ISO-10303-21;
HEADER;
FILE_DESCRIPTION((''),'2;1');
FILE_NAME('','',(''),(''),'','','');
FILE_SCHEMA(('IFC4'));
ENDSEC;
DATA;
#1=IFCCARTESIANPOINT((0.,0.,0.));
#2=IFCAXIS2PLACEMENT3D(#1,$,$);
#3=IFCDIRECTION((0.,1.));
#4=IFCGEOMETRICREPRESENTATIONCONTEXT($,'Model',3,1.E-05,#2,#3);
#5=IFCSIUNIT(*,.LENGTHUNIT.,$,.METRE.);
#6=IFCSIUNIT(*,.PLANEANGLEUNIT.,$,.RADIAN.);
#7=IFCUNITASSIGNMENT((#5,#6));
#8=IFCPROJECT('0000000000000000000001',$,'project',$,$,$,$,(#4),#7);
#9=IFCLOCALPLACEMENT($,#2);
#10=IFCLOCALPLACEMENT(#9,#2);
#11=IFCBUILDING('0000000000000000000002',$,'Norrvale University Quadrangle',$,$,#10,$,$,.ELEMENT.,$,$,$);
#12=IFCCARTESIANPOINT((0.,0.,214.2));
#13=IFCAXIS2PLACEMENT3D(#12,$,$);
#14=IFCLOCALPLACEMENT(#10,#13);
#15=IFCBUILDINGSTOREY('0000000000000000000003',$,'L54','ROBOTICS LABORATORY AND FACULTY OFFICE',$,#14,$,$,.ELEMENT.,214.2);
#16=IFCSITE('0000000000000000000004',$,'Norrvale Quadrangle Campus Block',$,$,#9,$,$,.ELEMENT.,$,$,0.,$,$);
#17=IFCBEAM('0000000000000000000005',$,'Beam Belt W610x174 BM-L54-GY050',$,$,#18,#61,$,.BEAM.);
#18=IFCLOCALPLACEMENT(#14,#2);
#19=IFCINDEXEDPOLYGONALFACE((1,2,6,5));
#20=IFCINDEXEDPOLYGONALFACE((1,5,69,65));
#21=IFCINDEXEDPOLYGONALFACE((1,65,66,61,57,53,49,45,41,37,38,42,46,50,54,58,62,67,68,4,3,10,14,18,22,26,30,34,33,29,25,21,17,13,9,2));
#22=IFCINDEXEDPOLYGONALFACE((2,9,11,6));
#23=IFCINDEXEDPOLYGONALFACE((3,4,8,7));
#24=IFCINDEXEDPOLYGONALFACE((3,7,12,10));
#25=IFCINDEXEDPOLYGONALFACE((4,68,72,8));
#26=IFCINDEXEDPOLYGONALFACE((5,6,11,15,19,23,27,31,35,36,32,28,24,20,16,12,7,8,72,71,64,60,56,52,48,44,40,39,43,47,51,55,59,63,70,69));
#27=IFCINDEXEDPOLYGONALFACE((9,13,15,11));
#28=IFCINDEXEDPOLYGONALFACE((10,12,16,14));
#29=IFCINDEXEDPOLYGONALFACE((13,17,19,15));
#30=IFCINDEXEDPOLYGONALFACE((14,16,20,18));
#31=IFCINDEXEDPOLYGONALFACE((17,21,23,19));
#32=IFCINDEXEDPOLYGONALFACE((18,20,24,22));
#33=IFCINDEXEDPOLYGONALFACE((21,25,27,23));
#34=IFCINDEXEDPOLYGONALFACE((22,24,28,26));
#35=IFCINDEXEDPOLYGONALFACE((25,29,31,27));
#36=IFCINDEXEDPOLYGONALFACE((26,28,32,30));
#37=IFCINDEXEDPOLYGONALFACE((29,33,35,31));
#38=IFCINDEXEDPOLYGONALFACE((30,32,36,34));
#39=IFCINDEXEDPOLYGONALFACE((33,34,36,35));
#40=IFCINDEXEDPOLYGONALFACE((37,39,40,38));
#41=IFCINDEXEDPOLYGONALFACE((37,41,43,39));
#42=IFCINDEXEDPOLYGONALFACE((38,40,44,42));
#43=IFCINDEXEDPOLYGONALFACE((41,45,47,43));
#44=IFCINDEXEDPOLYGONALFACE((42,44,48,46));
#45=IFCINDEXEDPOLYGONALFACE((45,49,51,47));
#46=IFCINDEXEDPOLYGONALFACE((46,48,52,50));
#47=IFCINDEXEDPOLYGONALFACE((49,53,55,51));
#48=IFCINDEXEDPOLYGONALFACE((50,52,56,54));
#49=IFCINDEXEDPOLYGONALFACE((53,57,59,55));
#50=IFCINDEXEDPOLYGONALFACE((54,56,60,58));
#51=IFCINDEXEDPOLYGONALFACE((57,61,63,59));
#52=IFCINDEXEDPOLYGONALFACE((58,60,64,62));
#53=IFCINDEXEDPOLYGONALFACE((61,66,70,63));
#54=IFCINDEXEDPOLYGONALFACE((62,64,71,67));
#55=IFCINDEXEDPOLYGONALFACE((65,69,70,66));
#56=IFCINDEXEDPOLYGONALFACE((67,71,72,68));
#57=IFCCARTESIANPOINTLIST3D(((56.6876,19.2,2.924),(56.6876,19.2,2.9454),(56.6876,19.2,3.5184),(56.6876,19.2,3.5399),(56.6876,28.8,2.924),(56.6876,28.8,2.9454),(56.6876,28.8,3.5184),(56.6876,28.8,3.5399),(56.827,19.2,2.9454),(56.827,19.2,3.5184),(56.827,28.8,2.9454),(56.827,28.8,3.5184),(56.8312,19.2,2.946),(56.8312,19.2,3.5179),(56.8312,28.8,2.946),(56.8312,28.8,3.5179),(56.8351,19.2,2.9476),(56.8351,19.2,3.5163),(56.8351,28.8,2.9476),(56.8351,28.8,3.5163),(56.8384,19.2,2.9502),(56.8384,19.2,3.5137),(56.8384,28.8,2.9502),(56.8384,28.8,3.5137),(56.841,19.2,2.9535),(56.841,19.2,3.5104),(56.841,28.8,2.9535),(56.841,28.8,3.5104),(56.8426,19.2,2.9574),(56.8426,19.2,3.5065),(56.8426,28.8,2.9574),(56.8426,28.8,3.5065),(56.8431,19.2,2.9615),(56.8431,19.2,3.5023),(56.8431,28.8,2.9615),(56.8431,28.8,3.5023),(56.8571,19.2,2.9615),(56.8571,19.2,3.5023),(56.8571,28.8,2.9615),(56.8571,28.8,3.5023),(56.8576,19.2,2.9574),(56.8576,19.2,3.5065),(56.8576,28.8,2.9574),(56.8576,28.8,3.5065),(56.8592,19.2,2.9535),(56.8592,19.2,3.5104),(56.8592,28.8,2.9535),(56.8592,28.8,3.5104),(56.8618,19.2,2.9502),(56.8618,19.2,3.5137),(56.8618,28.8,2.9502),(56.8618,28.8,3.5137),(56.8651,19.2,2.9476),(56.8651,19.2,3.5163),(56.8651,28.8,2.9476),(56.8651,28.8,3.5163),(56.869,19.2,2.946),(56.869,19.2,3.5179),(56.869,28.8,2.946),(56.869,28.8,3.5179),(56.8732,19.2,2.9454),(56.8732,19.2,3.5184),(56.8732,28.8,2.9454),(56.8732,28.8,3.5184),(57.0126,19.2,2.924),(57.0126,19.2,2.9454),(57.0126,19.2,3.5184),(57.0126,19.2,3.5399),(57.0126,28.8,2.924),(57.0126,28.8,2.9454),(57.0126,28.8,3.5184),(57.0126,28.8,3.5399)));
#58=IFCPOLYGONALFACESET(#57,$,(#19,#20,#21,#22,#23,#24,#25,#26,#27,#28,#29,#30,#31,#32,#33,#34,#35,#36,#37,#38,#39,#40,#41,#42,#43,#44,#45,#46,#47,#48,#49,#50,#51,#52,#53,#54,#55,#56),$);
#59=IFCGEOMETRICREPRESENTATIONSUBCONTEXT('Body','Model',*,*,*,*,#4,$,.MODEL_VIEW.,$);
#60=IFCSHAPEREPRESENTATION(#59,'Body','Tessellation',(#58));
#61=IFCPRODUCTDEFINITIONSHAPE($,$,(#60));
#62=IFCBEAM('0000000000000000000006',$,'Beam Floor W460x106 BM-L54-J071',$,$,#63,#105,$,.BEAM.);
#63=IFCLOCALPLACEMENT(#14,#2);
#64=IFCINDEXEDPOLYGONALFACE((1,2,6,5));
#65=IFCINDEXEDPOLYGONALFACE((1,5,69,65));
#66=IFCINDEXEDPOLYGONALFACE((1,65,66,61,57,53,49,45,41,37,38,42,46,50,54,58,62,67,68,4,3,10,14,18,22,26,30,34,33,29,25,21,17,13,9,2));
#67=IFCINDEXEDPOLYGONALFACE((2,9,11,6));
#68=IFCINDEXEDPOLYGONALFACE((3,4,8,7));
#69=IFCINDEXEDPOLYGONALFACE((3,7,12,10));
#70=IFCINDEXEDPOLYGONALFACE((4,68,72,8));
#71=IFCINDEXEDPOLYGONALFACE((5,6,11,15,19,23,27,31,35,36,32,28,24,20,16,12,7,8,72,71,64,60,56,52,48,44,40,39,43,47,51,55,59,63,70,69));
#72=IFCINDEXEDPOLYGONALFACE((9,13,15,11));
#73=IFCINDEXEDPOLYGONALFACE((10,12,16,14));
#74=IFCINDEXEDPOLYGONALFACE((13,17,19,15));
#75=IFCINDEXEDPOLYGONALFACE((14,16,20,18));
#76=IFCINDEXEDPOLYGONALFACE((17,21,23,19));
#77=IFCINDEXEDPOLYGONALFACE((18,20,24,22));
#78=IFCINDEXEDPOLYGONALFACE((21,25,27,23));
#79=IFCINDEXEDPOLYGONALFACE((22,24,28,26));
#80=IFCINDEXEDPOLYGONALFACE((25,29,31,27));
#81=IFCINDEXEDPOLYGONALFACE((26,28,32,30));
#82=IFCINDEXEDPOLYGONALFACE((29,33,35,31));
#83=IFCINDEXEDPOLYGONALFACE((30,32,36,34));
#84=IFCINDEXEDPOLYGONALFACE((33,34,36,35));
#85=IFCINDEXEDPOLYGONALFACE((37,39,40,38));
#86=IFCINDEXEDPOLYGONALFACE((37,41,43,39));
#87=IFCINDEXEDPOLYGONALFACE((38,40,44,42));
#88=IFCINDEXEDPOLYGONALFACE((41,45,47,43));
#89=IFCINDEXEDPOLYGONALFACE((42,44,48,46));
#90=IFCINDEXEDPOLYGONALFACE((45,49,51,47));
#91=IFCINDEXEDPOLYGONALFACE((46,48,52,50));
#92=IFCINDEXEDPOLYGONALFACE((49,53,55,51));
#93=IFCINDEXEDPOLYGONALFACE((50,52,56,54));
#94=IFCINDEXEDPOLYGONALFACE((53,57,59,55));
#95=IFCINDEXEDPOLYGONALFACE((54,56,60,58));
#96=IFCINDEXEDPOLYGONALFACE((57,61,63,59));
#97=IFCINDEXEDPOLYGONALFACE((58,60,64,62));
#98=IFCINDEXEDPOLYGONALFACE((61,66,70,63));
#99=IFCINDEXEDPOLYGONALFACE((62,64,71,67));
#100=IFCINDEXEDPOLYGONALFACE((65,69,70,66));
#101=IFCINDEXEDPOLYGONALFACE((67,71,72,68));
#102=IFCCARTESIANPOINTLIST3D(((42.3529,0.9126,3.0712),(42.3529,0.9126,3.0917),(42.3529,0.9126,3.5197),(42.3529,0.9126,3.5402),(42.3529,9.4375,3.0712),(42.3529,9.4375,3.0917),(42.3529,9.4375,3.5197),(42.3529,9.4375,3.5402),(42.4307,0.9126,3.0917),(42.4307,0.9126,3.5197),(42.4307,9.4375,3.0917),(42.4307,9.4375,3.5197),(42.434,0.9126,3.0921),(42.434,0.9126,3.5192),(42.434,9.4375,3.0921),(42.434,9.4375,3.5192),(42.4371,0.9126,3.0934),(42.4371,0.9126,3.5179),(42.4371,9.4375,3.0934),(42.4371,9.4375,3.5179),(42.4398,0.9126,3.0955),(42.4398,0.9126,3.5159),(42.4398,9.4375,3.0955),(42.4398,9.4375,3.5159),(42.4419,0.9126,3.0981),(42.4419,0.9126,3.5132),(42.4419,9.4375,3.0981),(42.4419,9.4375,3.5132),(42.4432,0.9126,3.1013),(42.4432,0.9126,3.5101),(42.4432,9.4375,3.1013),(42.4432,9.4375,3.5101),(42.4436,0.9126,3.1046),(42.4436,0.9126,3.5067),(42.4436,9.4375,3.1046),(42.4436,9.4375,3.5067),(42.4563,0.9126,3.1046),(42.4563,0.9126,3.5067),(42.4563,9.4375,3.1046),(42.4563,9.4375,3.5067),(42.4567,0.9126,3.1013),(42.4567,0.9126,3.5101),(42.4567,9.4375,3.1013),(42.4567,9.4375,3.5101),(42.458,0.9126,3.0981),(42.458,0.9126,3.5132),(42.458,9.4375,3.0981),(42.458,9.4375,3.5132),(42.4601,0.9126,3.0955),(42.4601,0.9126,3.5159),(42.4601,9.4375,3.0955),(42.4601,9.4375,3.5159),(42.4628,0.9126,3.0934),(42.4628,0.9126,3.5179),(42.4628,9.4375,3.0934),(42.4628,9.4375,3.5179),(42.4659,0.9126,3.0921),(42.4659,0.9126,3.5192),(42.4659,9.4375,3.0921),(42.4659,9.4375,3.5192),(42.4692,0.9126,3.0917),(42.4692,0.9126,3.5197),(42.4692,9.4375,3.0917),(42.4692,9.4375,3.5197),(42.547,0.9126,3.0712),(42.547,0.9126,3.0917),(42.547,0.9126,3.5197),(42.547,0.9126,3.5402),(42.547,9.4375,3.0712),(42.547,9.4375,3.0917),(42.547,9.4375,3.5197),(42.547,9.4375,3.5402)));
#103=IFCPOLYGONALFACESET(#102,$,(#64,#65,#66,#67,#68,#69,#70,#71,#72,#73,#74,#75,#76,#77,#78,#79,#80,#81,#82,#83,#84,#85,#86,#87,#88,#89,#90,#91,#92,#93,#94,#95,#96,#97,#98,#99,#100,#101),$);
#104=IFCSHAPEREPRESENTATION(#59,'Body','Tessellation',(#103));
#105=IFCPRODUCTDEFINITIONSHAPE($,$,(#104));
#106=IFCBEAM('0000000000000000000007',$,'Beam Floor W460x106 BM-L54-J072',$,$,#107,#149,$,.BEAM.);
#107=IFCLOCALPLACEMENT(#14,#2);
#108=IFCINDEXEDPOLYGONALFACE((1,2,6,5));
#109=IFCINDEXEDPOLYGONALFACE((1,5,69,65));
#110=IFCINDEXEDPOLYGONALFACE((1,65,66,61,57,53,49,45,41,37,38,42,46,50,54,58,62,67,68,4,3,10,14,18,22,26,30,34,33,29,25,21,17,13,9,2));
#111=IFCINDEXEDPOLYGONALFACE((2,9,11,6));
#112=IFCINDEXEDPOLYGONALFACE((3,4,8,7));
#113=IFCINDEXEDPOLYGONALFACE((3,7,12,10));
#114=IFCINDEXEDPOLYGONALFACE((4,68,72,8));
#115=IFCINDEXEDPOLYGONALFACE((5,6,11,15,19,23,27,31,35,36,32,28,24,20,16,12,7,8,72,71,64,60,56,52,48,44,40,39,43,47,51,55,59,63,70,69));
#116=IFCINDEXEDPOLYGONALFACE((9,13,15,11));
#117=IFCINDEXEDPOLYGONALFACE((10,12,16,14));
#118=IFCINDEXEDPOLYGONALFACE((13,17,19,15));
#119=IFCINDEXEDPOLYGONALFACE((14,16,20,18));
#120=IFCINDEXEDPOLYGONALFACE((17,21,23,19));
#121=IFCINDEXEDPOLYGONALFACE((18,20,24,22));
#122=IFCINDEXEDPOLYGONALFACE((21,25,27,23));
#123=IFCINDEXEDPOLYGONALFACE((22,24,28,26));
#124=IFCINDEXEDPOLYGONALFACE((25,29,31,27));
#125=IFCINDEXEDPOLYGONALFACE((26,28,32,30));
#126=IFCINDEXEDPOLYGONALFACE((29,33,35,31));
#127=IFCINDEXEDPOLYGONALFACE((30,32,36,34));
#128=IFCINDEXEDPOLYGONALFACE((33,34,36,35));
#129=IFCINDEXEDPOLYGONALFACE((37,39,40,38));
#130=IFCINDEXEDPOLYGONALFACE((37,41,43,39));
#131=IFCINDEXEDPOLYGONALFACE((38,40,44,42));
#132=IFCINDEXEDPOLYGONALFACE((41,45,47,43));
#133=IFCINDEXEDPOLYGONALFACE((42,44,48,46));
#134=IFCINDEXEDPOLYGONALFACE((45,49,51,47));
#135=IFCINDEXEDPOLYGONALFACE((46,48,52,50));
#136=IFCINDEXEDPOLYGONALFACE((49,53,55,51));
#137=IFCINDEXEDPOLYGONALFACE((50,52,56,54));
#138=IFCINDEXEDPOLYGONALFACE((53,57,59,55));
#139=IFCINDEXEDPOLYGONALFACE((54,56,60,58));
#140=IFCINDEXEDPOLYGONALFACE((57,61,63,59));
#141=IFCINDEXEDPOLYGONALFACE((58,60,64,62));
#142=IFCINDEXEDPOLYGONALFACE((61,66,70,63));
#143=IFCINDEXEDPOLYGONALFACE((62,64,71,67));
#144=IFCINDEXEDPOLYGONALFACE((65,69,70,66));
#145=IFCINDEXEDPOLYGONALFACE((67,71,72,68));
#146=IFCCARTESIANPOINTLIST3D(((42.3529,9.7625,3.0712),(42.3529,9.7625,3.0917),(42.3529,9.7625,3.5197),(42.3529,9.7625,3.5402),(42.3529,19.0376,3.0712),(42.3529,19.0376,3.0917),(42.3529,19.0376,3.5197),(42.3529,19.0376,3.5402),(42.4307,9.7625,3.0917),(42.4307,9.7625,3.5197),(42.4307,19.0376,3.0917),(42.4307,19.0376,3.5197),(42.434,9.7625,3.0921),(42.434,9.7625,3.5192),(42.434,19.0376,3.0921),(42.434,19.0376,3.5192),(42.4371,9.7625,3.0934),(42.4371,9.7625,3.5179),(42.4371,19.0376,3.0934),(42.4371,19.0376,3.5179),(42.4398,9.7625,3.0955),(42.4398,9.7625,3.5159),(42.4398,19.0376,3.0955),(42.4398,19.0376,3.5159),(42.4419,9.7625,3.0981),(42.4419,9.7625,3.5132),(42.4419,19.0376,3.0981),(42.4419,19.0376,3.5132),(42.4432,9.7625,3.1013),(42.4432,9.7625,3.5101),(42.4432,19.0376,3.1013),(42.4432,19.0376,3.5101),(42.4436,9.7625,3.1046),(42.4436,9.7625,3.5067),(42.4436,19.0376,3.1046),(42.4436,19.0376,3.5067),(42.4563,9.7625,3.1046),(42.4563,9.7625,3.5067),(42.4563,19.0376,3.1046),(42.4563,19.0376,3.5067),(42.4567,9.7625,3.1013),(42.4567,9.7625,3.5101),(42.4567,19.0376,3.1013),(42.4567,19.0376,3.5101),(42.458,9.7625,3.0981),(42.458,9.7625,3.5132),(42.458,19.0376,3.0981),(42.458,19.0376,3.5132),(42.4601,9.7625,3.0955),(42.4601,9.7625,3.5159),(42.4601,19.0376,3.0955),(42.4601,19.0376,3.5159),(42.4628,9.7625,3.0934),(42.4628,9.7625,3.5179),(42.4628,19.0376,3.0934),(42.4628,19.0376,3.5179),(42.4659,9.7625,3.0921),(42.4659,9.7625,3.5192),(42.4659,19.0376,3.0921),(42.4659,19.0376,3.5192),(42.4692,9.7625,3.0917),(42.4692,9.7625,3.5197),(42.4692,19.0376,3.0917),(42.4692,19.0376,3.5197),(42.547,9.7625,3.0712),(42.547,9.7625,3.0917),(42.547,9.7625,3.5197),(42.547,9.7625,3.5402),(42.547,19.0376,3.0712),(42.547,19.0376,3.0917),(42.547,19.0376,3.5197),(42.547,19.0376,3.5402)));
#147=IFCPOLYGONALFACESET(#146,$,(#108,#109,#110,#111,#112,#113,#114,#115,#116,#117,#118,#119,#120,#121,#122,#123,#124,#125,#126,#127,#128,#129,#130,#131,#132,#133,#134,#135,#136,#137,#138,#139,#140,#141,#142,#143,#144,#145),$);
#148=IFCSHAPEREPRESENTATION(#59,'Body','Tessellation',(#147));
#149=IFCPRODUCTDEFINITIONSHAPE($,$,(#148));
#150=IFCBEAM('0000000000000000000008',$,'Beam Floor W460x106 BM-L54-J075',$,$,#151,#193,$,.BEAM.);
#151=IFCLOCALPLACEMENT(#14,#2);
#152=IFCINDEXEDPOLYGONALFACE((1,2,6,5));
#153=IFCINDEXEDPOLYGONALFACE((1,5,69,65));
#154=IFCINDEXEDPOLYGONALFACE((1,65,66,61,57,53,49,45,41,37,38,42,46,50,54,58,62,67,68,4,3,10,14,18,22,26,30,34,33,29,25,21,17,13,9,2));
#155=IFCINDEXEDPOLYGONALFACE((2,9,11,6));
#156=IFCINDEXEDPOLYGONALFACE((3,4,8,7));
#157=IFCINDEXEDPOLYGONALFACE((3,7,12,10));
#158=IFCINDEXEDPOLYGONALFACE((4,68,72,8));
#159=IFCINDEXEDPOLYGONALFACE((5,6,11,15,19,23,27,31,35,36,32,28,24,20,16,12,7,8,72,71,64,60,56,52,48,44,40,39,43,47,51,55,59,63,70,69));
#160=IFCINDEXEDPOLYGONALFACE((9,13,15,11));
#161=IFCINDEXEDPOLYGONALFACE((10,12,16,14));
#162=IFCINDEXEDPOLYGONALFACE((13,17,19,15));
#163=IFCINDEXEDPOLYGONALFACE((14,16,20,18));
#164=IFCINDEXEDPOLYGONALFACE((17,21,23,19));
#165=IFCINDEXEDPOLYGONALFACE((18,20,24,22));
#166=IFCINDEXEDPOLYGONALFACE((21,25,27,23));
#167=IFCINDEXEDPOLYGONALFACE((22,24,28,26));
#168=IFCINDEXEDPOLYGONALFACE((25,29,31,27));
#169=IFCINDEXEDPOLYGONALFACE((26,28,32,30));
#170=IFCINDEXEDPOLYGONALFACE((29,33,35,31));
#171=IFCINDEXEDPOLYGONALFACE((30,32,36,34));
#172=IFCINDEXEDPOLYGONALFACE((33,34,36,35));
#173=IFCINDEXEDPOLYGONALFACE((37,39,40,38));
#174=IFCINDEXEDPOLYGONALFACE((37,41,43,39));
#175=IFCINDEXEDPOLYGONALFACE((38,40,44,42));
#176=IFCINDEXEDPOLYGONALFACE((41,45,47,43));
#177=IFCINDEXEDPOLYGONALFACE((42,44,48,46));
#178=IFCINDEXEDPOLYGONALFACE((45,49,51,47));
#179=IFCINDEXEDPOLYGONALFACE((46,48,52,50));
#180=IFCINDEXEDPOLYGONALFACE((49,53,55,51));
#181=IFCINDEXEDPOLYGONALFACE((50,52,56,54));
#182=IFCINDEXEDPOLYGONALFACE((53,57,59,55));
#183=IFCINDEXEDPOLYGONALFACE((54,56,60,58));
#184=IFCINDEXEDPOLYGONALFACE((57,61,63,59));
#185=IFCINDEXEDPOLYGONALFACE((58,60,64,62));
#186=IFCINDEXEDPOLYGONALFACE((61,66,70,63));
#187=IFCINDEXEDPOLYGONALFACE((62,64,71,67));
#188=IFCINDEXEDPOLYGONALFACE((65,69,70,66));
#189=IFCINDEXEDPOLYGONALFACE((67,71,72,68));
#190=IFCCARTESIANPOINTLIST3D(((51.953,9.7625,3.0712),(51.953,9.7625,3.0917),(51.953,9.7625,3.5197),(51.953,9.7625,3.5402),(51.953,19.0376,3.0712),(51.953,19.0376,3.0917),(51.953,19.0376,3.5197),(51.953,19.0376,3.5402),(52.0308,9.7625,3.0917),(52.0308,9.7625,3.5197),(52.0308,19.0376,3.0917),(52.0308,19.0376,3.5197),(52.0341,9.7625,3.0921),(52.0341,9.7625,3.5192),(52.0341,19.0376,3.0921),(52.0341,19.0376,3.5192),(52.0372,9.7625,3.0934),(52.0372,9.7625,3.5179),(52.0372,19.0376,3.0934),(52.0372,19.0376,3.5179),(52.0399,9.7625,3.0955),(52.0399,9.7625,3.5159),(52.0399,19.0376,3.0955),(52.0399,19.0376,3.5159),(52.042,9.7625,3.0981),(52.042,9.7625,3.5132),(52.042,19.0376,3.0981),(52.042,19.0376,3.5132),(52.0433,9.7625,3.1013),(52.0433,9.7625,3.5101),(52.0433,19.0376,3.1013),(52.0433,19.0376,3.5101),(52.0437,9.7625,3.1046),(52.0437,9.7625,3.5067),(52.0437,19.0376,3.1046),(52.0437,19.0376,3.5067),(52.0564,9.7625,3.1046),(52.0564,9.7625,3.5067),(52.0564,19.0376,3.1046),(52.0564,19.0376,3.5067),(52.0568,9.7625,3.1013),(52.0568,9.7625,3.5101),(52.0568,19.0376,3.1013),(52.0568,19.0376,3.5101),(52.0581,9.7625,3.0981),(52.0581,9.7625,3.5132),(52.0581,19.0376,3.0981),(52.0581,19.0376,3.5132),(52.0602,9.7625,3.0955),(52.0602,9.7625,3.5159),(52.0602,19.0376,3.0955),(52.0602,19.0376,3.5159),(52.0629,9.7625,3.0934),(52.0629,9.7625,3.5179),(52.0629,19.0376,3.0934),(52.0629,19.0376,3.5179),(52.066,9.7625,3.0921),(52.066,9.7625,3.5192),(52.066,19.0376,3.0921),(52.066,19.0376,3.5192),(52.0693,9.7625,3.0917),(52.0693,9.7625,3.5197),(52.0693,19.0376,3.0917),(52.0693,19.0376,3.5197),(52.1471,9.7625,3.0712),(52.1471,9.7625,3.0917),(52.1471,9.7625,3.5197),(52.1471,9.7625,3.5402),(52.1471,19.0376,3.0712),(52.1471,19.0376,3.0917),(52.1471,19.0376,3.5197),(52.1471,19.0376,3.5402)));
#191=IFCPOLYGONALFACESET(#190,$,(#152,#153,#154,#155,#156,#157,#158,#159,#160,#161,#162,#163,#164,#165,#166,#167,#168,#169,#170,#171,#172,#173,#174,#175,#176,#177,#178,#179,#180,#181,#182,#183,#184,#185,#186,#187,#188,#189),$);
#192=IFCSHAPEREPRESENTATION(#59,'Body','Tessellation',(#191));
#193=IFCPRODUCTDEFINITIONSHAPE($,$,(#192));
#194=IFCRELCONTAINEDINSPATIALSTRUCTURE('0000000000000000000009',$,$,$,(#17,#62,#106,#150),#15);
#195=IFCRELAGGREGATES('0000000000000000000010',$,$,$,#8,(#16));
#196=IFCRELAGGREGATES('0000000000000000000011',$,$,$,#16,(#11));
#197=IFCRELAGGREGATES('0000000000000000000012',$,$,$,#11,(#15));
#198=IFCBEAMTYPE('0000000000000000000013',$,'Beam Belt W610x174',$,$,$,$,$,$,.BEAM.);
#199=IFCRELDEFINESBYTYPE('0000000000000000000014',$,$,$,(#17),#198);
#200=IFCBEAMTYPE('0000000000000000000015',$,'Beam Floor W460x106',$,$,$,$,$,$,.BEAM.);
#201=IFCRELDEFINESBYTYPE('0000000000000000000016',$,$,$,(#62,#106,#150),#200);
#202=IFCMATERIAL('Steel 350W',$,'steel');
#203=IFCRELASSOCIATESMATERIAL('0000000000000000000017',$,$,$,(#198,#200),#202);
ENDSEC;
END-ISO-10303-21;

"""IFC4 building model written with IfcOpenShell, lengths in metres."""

from ifc_helpers import new_model, si_unit, direction, frame, origin, origin_2d, place, context, subcontext, project, spatial, i_section, extrude, material, material_profile, profile_set, type_object, element, save


model = new_model("IFC4")

# Units and contexts
model_context = context("Model", 3, precision=1e-05, world=origin(), true_north=direction((0.0, 1.0)))
body_context = subcontext(model_context, "Body", "Model", "MODEL_VIEW")
ifc_project = project(units=[si_unit("LENGTHUNIT", "METRE"), si_unit("PLANEANGLEUNIT", "RADIAN")], contexts=[model_context])

# Site, building, storey
site_placement = place(None, origin())
site = spatial("IfcSite", under=ifc_project, at=site_placement, Name="Norrvale Quadrangle Campus Block", CompositionType="ELEMENT", RefElevation=0.0)
building_placement = place(site_placement, origin())
building = spatial("IfcBuilding", under=site, at=building_placement, Name="Norrvale University Quadrangle", CompositionType="ELEMENT")
storey_placement = place(building_placement, frame((0.0, 0.0, 214.2)))
storey = spatial("IfcBuildingStorey", under=building, at=storey_placement, Name="L54", Description="ROBOTICS LABORATORY AND FACULTY OFFICE", CompositionType="ELEMENT", Elevation=214.2)

# Beams
ifc_material_1 = material(Name="Steel 350W", Category="steel")
ifc_material_profile_1 = material_profile(ifc_material_1, i_section(OverallWidth=0.325, OverallDepth=0.616, WebThickness=0.0139, FlangeThickness=0.0215, FilletRadius=0.0161, at=origin_2d()), Name="Steel 350W")
ifc_profile_set_1 = profile_set([ifc_material_profile_1], Name="Steel 350W")
beam_type_1 = type_object("IfcBeamType", Name="Beam Belt W610x174", PredefinedType="BEAM", material=ifc_profile_set_1)
beam_1_placement = place(storey_placement, frame((56.8501, 19.2, 3.2319), z_axis=(0.0, 1.0, 0.0), x_axis=(-1.0, 0.0, 0.0)))
element("IfcBeam", 1, at=beam_1_placement, inside=storey, type_object=beam_type_1, Name="Beam Belt W610x174 BM-L54-GY050", PredefinedType="BEAM", context=body_context, shape_type="SweptSolid", body=[
    extrude(i_section(OverallWidth=0.325, OverallDepth=0.616, WebThickness=0.0139, FlangeThickness=0.0215, FilletRadius=0.0161, at=origin_2d()), origin(), (0.0, 0.0, 1.0), 9.6001),
])
ifc_material_profile_2 = material_profile(ifc_material_1, i_section(OverallWidth=0.1941, OverallDepth=0.469, WebThickness=0.0127, FlangeThickness=0.0205, FilletRadius=0.0129, at=origin_2d()), Name="Steel 350W")
ifc_profile_set_2 = profile_set([ifc_material_profile_2], Name="Steel 350W")
beam_type_2 = type_object("IfcBeamType", Name="Beam Floor W460x106", PredefinedType="BEAM", material=ifc_profile_set_2)
beam_2_placement = place(storey_placement, frame((42.45, 0.9126, 3.3057), z_axis=(0.0, 1.0, 0.0), x_axis=(-1.0, 0.0, 0.0)))
element("IfcBeam", 2, at=beam_2_placement, inside=storey, type_object=beam_type_2, Name="Beam Floor W460x106 BM-L54-J071", PredefinedType="BEAM", context=body_context, shape_type="SweptSolid", body=[
    extrude(i_section(OverallWidth=0.1941, OverallDepth=0.469, WebThickness=0.0127, FlangeThickness=0.0205, FilletRadius=0.0129, at=origin_2d()), origin(), (0.0, 0.0, 1.0), 8.5249),
])
for number, where, z_axis, x_axis, name in (
    (3, (42.45, 9.7625, 3.3057), (0.0, 1.0, 0.0), (-1.0, 0.0, 0.0), "Beam Floor W460x106 BM-L54-J072"),
    (4, (52.05, 9.7625, 3.3057), (0.0, 1.0, 0.0), (-1.0, 0.0, 0.0), "Beam Floor W460x106 BM-L54-J075"),
):
    element("IfcBeam", number, at=place(storey_placement, frame(where, z_axis=z_axis, x_axis=x_axis)), inside=storey, type_object=beam_type_2, Name=name, PredefinedType="BEAM", context=body_context, shape_type="SweptSolid", body=[
        extrude(i_section(OverallWidth=0.1941, OverallDepth=0.469, WebThickness=0.0127, FlangeThickness=0.0205, FilletRadius=0.0129, at=origin_2d()), origin(), (0.0, 0.0, 1.0), 9.2751),
    ])

save(model, "model.ifc")
